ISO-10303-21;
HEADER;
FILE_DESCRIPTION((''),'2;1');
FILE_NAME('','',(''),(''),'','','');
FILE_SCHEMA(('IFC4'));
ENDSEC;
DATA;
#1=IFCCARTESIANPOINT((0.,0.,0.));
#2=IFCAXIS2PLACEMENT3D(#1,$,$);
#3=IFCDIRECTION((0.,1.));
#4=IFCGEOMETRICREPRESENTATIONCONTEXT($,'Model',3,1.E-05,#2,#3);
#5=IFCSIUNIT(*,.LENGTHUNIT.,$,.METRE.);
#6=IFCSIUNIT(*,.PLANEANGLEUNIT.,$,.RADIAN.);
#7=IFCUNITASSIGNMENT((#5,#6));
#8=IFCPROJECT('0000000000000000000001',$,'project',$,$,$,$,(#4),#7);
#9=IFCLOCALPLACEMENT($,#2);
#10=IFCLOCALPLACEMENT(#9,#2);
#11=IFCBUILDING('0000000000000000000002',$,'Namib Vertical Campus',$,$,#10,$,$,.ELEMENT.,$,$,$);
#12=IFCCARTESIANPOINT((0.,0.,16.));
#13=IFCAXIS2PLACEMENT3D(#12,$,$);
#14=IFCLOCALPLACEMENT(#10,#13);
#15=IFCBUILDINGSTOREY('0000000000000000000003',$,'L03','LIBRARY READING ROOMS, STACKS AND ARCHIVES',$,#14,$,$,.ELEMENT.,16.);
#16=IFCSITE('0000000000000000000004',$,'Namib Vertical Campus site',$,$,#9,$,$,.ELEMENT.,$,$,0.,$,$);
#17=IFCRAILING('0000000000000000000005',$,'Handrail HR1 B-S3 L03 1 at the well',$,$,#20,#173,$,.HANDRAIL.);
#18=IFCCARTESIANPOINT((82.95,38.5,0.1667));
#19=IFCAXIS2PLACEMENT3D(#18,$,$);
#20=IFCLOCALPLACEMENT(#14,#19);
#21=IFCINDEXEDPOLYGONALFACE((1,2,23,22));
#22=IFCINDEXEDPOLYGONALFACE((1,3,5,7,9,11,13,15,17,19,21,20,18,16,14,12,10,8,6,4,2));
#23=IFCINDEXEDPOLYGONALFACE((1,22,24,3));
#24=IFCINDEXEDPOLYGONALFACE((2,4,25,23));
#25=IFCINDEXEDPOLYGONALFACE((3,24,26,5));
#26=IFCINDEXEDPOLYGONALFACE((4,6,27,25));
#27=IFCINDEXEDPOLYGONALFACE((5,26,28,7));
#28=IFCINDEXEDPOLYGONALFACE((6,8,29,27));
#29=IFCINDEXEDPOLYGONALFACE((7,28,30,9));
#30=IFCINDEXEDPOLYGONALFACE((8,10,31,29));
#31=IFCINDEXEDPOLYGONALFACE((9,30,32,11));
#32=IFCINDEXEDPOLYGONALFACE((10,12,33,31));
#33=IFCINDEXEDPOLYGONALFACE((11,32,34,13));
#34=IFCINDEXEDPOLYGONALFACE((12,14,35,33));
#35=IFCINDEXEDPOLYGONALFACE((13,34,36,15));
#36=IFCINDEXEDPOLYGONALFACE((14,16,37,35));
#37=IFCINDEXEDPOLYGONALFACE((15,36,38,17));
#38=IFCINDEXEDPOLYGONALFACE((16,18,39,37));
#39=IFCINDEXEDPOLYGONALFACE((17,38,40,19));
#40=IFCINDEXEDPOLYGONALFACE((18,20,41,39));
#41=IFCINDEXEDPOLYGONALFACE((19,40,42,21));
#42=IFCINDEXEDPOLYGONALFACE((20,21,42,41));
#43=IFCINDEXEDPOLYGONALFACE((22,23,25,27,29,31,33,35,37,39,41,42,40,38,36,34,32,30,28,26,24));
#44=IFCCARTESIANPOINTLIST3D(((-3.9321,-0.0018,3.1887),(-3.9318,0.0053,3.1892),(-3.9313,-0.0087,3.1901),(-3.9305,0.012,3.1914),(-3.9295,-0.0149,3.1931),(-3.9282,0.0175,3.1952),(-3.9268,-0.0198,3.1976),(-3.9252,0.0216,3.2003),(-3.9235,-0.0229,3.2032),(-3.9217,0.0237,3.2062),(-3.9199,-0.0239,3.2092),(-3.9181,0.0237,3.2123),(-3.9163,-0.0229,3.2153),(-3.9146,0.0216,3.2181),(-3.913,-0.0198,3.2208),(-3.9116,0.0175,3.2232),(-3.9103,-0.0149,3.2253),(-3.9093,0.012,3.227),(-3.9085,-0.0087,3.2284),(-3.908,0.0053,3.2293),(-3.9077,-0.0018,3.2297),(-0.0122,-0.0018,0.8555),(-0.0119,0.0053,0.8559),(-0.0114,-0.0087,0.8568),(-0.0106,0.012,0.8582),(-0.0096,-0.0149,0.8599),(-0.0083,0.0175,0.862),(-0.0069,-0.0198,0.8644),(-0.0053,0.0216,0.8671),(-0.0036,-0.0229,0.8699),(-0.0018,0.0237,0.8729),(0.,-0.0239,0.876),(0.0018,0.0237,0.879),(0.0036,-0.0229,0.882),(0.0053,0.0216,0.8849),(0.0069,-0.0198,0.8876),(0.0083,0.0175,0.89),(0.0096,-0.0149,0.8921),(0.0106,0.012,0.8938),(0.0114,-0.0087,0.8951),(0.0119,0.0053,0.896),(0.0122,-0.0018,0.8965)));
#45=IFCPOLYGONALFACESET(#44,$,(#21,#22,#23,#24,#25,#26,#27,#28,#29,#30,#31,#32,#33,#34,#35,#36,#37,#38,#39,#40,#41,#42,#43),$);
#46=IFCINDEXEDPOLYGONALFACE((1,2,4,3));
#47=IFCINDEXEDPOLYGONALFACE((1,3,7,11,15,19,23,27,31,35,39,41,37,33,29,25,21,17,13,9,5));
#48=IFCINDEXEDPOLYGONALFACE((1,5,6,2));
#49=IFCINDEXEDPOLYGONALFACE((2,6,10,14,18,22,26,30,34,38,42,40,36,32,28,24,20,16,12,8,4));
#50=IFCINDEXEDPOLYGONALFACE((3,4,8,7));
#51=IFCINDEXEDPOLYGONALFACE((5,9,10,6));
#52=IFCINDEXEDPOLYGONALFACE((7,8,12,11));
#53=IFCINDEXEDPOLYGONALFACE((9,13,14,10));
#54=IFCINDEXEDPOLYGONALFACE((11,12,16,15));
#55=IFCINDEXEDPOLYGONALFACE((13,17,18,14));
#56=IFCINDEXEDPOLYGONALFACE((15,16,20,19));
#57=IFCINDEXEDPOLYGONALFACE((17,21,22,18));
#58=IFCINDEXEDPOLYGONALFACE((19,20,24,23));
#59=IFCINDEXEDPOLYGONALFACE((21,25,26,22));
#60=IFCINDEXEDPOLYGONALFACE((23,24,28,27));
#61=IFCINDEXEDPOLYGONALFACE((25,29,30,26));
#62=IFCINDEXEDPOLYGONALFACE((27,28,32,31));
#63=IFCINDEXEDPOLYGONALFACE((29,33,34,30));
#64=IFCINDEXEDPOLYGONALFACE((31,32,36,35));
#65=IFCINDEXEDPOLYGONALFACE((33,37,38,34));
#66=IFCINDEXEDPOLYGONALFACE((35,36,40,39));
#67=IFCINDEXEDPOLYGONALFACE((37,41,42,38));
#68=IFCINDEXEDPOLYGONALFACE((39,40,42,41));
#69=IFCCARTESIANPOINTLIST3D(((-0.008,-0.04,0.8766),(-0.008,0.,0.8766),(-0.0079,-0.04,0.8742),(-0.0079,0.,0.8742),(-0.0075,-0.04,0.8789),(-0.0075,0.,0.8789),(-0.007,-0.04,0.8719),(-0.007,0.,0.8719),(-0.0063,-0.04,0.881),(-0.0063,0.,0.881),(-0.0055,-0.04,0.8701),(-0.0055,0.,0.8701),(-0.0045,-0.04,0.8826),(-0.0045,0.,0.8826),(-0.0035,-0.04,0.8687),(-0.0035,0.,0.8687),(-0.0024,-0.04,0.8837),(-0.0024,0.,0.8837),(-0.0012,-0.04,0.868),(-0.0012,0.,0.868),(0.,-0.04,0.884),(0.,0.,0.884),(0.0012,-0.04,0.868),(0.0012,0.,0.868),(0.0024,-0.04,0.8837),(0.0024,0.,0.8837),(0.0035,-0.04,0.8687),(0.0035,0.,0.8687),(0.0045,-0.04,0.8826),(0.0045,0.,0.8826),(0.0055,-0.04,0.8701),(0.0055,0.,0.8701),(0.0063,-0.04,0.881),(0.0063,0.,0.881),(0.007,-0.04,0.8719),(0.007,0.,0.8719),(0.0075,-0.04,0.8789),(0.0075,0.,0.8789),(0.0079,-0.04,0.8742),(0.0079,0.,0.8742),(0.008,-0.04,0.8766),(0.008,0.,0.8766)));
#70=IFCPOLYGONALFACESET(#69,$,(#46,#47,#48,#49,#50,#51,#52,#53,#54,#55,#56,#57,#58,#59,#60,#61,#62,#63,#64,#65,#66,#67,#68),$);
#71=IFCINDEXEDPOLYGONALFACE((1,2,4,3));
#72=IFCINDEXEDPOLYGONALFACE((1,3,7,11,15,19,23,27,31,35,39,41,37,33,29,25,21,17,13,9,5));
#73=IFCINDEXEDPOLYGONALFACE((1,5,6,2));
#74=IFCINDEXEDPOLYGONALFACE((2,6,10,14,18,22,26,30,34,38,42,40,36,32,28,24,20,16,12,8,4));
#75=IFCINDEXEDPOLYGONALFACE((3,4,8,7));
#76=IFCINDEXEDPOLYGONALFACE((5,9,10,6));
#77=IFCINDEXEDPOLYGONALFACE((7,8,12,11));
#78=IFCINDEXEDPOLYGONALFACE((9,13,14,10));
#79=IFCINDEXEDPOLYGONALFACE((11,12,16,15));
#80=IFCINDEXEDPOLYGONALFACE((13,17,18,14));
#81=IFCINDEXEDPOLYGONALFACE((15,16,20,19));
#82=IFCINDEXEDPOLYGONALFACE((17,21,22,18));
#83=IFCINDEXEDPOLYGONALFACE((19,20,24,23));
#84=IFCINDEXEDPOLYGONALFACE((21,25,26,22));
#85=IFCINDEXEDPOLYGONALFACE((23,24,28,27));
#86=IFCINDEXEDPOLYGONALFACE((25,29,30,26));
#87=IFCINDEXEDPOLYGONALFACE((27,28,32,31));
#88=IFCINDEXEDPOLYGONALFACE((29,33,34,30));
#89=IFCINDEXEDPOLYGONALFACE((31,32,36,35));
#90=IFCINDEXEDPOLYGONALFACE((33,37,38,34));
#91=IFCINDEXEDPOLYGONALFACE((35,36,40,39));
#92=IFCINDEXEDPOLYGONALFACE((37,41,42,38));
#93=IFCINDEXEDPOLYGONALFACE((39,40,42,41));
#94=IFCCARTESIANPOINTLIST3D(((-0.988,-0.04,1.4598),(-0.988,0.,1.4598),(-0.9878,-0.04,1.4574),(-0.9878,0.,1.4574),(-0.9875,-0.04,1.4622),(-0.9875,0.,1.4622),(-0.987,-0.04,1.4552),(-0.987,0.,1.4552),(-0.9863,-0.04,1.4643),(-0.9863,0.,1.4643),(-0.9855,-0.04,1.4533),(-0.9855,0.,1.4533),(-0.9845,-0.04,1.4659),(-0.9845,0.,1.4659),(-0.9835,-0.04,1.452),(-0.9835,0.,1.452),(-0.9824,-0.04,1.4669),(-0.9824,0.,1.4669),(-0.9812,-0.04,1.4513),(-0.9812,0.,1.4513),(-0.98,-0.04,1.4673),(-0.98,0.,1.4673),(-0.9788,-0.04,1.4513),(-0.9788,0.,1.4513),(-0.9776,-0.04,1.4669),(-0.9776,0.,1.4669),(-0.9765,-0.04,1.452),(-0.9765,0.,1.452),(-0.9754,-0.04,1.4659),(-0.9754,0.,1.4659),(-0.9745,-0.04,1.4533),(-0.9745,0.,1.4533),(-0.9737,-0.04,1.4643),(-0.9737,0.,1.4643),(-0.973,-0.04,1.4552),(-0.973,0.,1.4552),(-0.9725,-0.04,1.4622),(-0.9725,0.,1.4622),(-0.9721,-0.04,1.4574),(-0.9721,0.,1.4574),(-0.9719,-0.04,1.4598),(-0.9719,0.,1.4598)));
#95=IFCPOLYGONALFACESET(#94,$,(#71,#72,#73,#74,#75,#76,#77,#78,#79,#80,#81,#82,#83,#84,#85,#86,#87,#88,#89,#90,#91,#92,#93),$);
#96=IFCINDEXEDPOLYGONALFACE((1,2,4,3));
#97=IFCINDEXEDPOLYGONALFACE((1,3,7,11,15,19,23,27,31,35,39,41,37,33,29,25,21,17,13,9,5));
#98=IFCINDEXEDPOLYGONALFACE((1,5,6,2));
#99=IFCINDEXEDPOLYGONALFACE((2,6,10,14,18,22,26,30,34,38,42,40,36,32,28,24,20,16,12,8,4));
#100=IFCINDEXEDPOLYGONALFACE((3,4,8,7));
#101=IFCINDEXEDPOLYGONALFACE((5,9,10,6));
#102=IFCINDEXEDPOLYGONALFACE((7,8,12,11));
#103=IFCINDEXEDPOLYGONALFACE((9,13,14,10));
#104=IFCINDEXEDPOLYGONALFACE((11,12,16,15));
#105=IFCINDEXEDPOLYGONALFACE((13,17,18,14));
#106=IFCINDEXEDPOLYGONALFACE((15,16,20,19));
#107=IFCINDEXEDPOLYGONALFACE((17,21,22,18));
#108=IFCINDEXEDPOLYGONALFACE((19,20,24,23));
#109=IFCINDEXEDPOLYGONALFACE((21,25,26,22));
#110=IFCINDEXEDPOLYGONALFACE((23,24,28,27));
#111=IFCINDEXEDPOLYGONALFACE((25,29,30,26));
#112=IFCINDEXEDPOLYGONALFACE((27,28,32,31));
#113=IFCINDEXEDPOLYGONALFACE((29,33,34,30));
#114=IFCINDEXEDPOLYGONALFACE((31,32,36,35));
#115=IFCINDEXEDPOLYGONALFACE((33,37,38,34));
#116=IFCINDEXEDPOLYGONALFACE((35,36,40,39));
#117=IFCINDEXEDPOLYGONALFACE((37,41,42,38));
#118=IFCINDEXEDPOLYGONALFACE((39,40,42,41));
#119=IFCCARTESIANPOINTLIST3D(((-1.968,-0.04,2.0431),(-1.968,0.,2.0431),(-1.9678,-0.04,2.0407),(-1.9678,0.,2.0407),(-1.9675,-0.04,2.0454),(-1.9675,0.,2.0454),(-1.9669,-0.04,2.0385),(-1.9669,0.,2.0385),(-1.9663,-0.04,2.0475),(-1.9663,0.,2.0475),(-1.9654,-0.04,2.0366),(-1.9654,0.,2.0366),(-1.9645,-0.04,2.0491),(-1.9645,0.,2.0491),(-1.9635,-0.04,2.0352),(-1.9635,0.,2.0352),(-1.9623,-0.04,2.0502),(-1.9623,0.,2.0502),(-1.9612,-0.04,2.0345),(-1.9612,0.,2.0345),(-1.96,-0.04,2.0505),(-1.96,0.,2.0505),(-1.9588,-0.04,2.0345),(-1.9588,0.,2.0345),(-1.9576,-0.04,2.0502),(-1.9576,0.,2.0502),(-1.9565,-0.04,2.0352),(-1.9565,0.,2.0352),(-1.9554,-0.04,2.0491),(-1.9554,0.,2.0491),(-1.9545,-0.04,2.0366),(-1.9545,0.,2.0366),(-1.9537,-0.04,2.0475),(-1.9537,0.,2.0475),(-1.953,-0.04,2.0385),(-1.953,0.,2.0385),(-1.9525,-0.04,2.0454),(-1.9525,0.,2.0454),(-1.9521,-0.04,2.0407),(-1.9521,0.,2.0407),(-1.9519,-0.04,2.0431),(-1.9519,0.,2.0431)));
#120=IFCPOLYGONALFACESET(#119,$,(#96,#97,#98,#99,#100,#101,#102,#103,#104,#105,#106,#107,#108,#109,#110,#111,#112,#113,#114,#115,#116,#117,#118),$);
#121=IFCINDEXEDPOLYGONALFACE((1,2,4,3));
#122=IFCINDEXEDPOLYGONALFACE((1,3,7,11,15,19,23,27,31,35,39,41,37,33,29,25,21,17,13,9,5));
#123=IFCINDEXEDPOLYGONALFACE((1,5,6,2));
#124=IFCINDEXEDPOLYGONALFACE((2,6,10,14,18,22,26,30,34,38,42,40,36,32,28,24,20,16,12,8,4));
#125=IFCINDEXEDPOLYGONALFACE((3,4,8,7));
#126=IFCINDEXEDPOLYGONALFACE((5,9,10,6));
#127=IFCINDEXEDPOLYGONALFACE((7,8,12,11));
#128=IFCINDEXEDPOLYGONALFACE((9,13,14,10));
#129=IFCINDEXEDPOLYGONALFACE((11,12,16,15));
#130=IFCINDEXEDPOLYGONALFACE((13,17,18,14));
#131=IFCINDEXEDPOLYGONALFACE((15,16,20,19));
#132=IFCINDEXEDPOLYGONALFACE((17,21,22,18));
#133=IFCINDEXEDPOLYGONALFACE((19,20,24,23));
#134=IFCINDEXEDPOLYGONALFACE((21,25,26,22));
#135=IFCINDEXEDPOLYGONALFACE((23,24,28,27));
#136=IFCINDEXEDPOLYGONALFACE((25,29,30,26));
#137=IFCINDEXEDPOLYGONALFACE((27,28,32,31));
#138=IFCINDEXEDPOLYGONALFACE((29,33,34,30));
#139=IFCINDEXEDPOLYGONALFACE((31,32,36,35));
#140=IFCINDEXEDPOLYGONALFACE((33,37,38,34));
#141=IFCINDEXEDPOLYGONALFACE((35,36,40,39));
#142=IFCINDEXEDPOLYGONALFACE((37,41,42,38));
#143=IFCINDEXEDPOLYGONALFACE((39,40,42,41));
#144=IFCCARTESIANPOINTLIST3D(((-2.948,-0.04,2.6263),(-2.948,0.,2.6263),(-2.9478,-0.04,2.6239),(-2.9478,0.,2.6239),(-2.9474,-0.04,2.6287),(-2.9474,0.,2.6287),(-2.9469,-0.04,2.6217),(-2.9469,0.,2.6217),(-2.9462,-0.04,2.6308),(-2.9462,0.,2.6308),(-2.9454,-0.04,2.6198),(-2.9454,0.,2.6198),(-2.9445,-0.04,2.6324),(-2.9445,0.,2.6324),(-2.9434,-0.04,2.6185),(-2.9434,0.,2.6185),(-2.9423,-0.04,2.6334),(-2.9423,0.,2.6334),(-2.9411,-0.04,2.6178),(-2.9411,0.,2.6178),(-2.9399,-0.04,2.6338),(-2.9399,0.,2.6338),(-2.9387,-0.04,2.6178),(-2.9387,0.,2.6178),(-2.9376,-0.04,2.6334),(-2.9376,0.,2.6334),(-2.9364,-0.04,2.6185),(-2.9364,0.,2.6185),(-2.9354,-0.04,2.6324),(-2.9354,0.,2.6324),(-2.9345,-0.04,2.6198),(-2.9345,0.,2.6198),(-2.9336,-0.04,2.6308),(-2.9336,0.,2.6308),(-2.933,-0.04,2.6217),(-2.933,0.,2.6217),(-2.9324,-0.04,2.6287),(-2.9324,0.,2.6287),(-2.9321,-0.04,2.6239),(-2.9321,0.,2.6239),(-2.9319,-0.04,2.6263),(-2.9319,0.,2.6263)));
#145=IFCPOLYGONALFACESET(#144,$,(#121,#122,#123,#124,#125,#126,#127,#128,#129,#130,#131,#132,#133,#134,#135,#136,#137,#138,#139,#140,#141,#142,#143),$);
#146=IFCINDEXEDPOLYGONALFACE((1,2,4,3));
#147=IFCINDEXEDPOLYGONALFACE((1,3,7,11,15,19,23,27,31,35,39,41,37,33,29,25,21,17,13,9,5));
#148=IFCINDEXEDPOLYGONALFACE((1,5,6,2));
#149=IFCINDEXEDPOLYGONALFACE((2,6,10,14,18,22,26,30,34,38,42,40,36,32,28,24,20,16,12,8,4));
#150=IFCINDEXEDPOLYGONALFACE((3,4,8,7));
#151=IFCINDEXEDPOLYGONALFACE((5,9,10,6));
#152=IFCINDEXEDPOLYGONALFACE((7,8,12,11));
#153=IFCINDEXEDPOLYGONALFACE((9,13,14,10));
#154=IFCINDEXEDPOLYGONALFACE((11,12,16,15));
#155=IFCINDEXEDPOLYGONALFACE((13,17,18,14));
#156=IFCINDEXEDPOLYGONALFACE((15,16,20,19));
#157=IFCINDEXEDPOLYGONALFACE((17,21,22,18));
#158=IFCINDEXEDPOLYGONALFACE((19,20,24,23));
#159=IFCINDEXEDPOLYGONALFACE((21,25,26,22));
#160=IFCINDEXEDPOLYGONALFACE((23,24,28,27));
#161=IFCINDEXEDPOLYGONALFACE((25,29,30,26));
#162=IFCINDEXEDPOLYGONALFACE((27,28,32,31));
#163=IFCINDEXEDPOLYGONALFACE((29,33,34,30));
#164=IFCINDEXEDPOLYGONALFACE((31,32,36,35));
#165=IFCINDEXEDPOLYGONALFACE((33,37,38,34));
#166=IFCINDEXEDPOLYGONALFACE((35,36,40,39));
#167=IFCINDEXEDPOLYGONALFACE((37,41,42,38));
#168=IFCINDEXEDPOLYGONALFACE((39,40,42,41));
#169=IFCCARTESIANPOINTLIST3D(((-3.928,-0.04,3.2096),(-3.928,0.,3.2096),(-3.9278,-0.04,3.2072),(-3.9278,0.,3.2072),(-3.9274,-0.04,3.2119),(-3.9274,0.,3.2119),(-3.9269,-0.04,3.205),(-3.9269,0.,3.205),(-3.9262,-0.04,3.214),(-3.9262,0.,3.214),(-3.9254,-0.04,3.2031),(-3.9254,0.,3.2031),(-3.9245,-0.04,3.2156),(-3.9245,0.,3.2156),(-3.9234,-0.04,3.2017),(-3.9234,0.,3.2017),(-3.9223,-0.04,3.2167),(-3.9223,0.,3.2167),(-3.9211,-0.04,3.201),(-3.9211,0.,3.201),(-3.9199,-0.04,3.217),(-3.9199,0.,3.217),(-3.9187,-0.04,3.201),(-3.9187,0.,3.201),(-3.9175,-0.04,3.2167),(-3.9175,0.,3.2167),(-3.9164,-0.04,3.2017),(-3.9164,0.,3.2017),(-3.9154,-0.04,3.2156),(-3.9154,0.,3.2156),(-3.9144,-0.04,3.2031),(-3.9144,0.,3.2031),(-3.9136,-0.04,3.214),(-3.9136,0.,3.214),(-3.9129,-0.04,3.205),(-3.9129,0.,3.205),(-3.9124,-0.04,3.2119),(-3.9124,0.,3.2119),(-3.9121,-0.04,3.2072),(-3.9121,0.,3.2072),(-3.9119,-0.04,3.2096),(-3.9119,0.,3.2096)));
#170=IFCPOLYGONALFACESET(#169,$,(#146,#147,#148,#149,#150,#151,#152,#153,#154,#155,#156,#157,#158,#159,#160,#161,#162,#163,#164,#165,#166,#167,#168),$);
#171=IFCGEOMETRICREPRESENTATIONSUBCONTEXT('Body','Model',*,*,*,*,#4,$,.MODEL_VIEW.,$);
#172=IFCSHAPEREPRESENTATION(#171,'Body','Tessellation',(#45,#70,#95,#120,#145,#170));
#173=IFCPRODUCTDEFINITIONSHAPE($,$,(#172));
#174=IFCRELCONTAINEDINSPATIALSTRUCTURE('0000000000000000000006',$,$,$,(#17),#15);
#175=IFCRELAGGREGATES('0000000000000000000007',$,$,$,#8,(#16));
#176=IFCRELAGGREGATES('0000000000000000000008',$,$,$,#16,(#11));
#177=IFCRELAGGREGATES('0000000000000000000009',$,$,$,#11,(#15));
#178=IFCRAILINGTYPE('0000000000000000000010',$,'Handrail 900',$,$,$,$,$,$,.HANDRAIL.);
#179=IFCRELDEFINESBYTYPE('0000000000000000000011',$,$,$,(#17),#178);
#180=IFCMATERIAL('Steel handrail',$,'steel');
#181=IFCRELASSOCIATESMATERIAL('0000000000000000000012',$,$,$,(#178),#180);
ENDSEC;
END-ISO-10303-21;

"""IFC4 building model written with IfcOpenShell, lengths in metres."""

from ifc_helpers import new_model, si_unit, direction, frame, origin, origin_2d, place, context, subcontext, project, spatial, circle, extrude, material, type_object, element, save


model = new_model("IFC4")

# Units and contexts
model_context = context("Model", 3, precision=1e-05, world=origin(), true_north=direction((0.0, 1.0)))
body_context = subcontext(model_context, "Body", "Model", "MODEL_VIEW")
ifc_project = project(units=[si_unit("LENGTHUNIT", "METRE"), si_unit("PLANEANGLEUNIT", "RADIAN")], contexts=[model_context])

# Site, building, storey
site_placement = place(None, origin())
site = spatial("IfcSite", under=ifc_project, at=site_placement, Name="Namib Vertical Campus site", CompositionType="ELEMENT", RefElevation=0.0)
building_placement = place(site_placement, origin())
building = spatial("IfcBuilding", under=site, at=building_placement, Name="Namib Vertical Campus", CompositionType="ELEMENT")
storey_placement = place(building_placement, frame((0.0, 0.0, 16.0)))
storey = spatial("IfcBuildingStorey", under=building, at=storey_placement, Name="L03", Description="LIBRARY READING ROOMS, STACKS AND ARCHIVES", CompositionType="ELEMENT", Elevation=16.0)

# Railing
ifc_material_1 = material(Name="Steel handrail", Category="steel")
railing_type_1 = type_object("IfcRailingType", Name="Handrail 900", PredefinedType="HANDRAIL", material=ifc_material_1)
railing_1_placement = place(storey_placement, frame((82.95, 38.5, 0.1667)))
element("IfcRailing", 1, at=railing_1_placement, inside=storey, type_object=railing_type_1, Name="Handrail HR1 B-S3 L03 1 at the well", PredefinedType="HANDRAIL", context=body_context, shape_type="SweptSolid", body=[
    extrude(circle(Radius=0.0239, at=origin_2d()), frame((0.0, 0.0, 0.876), z_axis=(-0.859296, 0.0, 0.511478), x_axis=(0.0, -1.0, 0.0)), (0.0, 0.0, 1.0), 4.5618),
    extrude(circle(Radius=0.0081, at=origin_2d()), frame((0.0, 0.0, 0.876), z_axis=(0.0, -1.0, 0.0), x_axis=(0.0, 0.0, 1.0)), (0.0, 0.0, 1.0), 0.04),
    extrude(circle(Radius=0.0081, at=origin_2d()), frame((-0.98, 0.0, 1.4592), z_axis=(0.0, -1.0, 0.0), x_axis=(0.0, 0.0, 1.0)), (0.0, 0.0, 1.0), 0.04),
    extrude(circle(Radius=0.0081, at=origin_2d()), frame((-1.96, 0.0, 2.0425), z_axis=(0.0, -1.0, 0.0), x_axis=(0.0, 0.0, 1.0)), (0.0, 0.0, 1.0), 0.04),
    extrude(circle(Radius=0.0081, at=origin_2d()), frame((-2.9399, 0.0, 2.6257), z_axis=(0.0, -1.0, 0.0), x_axis=(0.0, 0.0, 1.0)), (0.0, 0.0, 1.0), 0.04),
    extrude(circle(Radius=0.0081, at=origin_2d()), frame((-3.9199, 0.0, 3.209), z_axis=(0.0, -1.0, 0.0), x_axis=(0.0, 0.0, 1.0)), (0.0, 0.0, 1.0), 0.04),
])

save(model, "model.ifc")
